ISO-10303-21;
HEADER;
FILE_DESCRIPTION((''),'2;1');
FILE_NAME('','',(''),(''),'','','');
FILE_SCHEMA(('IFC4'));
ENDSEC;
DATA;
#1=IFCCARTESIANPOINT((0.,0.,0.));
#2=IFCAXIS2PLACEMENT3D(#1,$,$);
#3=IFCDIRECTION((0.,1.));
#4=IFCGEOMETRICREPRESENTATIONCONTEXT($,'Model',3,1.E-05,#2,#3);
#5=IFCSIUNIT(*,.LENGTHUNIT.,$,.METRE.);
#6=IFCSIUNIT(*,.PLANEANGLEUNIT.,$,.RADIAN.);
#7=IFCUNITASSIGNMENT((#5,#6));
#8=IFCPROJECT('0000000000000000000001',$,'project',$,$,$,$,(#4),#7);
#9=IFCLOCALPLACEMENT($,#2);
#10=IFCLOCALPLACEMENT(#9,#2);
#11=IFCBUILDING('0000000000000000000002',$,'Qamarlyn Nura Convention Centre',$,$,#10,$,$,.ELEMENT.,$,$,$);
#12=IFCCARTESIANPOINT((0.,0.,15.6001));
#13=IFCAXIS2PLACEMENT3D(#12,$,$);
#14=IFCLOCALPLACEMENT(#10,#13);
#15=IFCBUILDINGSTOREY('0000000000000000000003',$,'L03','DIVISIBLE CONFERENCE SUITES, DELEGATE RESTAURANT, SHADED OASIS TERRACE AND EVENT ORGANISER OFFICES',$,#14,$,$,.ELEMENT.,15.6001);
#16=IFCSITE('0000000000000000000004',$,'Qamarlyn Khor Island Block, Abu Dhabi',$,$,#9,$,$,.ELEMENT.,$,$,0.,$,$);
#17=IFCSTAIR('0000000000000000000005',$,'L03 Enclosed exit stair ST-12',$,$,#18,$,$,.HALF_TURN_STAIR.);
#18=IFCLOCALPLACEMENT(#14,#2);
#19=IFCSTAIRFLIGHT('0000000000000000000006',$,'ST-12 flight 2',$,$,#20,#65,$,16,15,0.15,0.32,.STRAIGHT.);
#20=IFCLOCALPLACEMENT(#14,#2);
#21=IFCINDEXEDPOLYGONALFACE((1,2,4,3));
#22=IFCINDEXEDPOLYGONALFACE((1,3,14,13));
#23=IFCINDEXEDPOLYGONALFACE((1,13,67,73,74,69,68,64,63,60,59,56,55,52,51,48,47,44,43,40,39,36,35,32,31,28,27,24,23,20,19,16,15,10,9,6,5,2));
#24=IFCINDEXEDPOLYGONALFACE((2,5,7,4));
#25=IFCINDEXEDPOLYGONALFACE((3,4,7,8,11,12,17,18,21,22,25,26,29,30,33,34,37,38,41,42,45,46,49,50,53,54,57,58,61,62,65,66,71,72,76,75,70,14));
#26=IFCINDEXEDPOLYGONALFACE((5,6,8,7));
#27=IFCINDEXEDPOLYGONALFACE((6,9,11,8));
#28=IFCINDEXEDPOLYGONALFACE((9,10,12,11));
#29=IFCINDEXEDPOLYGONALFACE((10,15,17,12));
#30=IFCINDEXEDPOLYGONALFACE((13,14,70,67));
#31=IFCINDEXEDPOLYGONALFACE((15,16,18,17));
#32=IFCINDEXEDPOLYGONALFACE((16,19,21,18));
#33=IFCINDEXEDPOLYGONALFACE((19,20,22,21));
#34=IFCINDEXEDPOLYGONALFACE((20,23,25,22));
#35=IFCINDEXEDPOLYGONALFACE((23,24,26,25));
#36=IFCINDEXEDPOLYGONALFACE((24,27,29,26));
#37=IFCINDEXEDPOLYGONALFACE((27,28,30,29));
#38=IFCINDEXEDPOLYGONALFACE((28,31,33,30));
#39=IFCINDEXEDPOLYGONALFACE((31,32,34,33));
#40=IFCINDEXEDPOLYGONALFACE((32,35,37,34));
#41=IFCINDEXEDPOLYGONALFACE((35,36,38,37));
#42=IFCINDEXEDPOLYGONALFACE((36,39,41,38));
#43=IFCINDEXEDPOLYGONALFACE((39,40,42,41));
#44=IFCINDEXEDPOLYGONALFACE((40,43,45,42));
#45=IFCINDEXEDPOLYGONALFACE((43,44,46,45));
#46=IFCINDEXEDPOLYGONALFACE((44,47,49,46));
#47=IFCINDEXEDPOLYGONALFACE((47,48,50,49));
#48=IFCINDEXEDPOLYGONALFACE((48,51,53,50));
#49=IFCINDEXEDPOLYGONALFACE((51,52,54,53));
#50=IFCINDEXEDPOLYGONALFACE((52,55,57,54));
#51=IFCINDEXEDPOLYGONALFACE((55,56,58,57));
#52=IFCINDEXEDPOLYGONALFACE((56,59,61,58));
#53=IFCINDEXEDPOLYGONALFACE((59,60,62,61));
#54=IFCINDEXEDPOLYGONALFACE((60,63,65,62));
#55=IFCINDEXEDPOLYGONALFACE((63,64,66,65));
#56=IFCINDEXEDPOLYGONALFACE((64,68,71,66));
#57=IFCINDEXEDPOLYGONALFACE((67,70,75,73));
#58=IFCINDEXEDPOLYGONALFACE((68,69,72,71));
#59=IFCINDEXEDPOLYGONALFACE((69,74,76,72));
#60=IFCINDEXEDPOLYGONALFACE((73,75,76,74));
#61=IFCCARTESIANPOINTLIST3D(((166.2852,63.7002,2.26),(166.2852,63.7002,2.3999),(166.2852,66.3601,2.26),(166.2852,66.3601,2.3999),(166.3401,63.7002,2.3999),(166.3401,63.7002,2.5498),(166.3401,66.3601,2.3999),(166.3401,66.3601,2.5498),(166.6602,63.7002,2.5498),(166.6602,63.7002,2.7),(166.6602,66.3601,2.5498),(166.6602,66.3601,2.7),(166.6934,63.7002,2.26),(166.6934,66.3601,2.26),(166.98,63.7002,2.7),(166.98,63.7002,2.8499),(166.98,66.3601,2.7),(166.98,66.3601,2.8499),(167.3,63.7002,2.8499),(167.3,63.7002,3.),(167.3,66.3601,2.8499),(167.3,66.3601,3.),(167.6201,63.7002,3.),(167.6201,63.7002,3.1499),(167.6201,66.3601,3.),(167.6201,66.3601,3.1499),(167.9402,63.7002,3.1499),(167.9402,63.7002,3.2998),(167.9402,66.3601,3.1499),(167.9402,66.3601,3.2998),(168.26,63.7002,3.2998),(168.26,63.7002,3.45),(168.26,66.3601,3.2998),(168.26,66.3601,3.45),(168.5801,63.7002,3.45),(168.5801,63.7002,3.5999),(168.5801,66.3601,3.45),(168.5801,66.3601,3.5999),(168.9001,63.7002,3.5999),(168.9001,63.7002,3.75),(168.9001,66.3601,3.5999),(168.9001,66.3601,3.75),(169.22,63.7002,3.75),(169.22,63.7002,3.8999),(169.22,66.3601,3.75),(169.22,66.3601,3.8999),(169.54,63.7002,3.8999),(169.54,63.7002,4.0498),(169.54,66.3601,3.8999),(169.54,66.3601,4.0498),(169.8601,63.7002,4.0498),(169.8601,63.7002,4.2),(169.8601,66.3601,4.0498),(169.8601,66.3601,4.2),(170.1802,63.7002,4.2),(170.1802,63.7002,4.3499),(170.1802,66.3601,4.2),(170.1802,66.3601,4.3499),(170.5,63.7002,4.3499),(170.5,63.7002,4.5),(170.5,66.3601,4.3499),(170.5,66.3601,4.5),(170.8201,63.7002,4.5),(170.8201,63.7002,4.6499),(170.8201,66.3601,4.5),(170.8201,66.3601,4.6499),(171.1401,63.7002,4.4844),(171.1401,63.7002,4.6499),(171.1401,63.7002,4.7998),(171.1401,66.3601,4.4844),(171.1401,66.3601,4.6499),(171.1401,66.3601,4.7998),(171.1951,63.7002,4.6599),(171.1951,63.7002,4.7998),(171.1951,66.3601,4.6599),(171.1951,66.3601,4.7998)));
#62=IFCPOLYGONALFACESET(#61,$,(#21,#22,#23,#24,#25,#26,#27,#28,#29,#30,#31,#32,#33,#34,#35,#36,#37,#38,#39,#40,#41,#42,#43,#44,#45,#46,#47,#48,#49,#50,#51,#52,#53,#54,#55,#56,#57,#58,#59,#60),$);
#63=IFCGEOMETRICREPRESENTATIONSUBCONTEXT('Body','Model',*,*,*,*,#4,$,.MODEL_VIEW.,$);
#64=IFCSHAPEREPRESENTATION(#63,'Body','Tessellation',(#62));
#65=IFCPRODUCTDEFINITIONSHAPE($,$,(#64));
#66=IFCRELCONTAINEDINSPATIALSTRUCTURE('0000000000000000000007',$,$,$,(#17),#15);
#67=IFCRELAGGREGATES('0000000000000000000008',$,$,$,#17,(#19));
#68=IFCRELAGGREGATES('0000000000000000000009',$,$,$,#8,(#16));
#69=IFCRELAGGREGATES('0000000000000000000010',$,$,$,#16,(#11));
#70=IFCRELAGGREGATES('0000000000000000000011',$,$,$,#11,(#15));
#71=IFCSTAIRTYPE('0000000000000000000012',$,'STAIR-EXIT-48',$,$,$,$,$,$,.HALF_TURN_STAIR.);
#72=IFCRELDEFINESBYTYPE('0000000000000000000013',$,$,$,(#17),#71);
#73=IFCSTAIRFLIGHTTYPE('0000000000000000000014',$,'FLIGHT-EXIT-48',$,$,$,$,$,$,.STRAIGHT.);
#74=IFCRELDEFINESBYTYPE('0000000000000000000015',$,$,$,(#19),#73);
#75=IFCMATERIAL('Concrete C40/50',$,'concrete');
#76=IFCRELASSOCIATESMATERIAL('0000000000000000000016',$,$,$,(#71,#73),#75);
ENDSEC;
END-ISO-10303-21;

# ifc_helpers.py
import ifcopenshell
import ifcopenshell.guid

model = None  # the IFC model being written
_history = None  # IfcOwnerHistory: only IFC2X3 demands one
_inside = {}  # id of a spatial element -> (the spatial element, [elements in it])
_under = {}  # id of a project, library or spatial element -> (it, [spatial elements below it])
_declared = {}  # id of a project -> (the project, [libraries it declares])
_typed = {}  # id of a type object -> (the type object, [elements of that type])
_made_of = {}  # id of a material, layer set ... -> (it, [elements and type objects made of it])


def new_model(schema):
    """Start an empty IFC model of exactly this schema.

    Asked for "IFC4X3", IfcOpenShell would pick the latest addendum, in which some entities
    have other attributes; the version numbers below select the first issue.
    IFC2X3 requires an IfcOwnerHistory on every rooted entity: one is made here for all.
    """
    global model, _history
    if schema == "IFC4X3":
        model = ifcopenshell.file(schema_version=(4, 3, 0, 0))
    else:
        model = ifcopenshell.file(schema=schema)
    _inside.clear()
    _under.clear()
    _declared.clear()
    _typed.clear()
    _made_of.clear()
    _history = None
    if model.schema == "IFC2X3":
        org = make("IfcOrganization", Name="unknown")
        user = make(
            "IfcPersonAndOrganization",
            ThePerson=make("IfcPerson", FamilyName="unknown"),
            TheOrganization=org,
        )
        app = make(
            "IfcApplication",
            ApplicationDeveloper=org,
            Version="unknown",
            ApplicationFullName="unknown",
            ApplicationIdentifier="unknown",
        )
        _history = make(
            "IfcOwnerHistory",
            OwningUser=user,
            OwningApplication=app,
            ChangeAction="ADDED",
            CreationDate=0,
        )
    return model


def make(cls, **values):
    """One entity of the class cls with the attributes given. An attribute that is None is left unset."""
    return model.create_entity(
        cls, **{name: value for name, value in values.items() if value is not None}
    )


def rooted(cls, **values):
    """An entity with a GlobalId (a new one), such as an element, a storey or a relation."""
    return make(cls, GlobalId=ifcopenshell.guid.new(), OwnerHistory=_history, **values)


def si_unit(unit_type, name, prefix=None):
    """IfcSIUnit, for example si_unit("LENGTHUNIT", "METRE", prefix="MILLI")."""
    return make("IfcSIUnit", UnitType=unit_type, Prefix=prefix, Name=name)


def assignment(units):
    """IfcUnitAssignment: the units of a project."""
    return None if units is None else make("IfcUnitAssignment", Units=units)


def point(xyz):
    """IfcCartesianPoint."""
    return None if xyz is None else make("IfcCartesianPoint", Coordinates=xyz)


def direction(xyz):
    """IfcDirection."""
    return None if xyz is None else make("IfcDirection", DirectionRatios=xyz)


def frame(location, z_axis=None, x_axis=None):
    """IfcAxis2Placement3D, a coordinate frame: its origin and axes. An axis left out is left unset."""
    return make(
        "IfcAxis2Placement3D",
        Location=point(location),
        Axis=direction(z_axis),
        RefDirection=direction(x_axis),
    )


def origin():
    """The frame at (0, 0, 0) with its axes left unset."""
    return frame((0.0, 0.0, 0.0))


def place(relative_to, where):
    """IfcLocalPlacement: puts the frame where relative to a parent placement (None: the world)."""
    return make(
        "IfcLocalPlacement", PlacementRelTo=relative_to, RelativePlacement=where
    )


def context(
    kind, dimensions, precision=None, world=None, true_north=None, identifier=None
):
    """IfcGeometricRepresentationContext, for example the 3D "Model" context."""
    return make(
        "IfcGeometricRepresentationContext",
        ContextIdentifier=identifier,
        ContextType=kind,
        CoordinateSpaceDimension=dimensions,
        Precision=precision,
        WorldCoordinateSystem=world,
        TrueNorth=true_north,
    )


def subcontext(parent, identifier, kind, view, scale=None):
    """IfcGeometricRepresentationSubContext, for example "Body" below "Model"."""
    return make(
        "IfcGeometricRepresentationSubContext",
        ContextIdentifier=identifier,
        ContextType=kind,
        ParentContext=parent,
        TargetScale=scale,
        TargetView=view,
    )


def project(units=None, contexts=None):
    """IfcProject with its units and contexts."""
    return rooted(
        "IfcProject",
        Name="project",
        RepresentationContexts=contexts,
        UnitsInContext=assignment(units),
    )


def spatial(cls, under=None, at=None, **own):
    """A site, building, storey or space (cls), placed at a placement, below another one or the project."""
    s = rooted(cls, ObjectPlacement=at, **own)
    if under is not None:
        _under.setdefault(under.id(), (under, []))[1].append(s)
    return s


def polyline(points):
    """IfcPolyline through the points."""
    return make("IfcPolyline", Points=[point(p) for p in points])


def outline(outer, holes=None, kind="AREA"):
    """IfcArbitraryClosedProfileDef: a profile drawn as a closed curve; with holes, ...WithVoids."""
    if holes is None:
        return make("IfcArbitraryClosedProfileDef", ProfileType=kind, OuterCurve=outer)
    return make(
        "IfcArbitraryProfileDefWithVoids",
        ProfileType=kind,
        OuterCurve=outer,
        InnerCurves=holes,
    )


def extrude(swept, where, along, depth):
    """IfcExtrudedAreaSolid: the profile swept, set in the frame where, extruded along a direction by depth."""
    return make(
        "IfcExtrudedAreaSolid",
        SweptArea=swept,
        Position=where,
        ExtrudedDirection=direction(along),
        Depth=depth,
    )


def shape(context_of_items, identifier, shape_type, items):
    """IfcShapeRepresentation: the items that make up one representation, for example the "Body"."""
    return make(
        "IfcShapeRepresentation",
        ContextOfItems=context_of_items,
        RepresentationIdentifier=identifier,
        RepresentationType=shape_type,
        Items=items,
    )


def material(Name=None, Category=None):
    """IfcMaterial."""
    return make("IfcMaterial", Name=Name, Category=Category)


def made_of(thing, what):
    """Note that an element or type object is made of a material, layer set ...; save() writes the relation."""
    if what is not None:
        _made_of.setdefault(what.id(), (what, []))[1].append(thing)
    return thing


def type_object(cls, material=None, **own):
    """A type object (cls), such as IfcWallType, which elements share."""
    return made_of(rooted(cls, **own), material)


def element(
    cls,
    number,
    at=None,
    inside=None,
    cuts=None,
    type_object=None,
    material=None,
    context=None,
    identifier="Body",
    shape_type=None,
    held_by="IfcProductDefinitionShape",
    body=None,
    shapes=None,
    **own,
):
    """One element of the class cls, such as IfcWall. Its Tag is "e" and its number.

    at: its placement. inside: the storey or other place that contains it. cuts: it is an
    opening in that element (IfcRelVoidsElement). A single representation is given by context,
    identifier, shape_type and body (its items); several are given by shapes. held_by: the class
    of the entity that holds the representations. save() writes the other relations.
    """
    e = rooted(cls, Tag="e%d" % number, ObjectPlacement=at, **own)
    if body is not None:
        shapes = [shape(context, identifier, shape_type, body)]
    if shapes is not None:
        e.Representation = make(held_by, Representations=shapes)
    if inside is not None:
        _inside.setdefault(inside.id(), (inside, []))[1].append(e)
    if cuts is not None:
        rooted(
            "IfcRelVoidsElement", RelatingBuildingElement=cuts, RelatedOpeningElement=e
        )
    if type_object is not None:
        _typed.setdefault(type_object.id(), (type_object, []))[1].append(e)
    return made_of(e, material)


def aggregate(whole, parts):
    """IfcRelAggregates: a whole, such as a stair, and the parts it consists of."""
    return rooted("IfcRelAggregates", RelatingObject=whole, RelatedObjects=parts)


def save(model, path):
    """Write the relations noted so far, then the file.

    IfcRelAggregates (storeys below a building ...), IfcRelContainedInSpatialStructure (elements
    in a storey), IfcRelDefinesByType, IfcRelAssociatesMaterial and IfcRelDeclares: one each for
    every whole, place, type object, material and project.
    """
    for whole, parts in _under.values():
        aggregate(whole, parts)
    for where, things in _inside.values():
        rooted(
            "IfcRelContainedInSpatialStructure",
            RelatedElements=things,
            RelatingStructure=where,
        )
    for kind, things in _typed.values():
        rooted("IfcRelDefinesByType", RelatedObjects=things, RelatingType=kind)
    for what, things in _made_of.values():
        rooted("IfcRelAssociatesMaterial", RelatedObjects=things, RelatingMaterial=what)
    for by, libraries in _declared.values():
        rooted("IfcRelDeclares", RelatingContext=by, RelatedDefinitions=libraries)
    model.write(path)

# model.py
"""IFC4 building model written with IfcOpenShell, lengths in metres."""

from ifc_helpers import new_model, si_unit, direction, frame, origin, place, context, subcontext, project, spatial, polyline, outline, extrude, material, type_object, element, aggregate, save


model = new_model("IFC4")

# Units and contexts
model_context = context("Model", 3, precision=1e-05, world=origin(), true_north=direction((0.0, 1.0)))
body_context = subcontext(model_context, "Body", "Model", "MODEL_VIEW")
ifc_project = project(units=[si_unit("LENGTHUNIT", "METRE"), si_unit("PLANEANGLEUNIT", "RADIAN")], contexts=[model_context])

# Site, building, storey
site_placement = place(None, origin())
site = spatial("IfcSite", under=ifc_project, at=site_placement, Name="Qamarlyn Khor Island Block, Abu Dhabi", CompositionType="ELEMENT", RefElevation=0.0)
building_placement = place(site_placement, origin())
building = spatial("IfcBuilding", under=site, at=building_placement, Name="Qamarlyn Nura Convention Centre", CompositionType="ELEMENT")
storey_placement = place(building_placement, frame((0.0, 0.0, 15.6001)))
storey = spatial("IfcBuildingStorey", under=building, at=storey_placement, Name="L03", Description="DIVISIBLE CONFERENCE SUITES, DELEGATE RESTAURANT, SHADED OASIS TERRACE AND EVENT ORGANISER OFFICES", CompositionType="ELEMENT", Elevation=15.6001)

# Stair, stair flight
ifc_material_1 = material(Name="Concrete C40/50", Category="concrete")
stair_type = type_object("IfcStairType", Name="STAIR-EXIT-48", PredefinedType="HALF_TURN_STAIR", material=ifc_material_1)
stair_flight_type = type_object("IfcStairFlightType", Name="FLIGHT-EXIT-48", PredefinedType="STRAIGHT", material=ifc_material_1)
stair_1_placement = place(storey_placement, origin())
stair_1 = element("IfcStair", 1, at=stair_1_placement, inside=storey, type_object=stair_type, Name="L03 Enclosed exit stair ST-12", PredefinedType="HALF_TURN_STAIR")
stair_flight_1_placement = place(storey_placement, frame((166.3401, 65.03, 2.3999), z_axis=(0.0, 0.0, 1.0), x_axis=(1.0, 0.0, 0.0)))
stair_flight_1 = element("IfcStairFlight", 2, at=stair_flight_1_placement, type_object=stair_flight_type, Name="ST-12 flight 2", NumberOfRisers=16, NumberOfTreads=15, PredefinedType="STRAIGHT", RiserHeight=0.15, TreadLength=0.32, context=body_context, shape_type="SweptSolid", body=[
    extrude(outline(polyline([(-0.0549, 0.0), (0.0, 0.0), (0.0, 0.1499), (0.3201, 0.1499), (0.3201, 0.3), (0.6399, 0.3), (0.6399, 0.45), (0.96, 0.45), (0.96, 0.6001), (1.28, 0.6001), (1.28, 0.75), (1.6001, 0.75), (1.6001, 0.8999), (1.9199, 0.8999), (1.9199, 1.05), (2.24, 1.05), (2.24, 1.2), (2.5601, 1.2), (2.5601, 1.3501), (2.8799, 1.3501), (2.8799, 1.5), (3.2, 1.5), (3.2, 1.6499), (3.52, 1.6499), (3.52, 1.8), (3.8401, 1.8), (3.8401, 1.95), (4.1599, 1.95), (4.1599, 2.1001), (4.48, 2.1001), (4.48, 2.25), (4.8, 2.25), (4.8, 2.3999), (4.855, 2.3999), (4.855, 2.26), (4.8, 2.0845), (0.3533, -0.1399), (-0.0549, -0.1399), (-0.0549, 0.0)])), frame((0.0, 1.3301, 0.0), z_axis=(0.0, -1.0, 0.0), x_axis=(1.0, 0.0, 0.0)), (0.0, 0.0, 1.0), 2.6599),
])
aggregate(stair_1, [stair_flight_1])

save(model, "model.ifc")
